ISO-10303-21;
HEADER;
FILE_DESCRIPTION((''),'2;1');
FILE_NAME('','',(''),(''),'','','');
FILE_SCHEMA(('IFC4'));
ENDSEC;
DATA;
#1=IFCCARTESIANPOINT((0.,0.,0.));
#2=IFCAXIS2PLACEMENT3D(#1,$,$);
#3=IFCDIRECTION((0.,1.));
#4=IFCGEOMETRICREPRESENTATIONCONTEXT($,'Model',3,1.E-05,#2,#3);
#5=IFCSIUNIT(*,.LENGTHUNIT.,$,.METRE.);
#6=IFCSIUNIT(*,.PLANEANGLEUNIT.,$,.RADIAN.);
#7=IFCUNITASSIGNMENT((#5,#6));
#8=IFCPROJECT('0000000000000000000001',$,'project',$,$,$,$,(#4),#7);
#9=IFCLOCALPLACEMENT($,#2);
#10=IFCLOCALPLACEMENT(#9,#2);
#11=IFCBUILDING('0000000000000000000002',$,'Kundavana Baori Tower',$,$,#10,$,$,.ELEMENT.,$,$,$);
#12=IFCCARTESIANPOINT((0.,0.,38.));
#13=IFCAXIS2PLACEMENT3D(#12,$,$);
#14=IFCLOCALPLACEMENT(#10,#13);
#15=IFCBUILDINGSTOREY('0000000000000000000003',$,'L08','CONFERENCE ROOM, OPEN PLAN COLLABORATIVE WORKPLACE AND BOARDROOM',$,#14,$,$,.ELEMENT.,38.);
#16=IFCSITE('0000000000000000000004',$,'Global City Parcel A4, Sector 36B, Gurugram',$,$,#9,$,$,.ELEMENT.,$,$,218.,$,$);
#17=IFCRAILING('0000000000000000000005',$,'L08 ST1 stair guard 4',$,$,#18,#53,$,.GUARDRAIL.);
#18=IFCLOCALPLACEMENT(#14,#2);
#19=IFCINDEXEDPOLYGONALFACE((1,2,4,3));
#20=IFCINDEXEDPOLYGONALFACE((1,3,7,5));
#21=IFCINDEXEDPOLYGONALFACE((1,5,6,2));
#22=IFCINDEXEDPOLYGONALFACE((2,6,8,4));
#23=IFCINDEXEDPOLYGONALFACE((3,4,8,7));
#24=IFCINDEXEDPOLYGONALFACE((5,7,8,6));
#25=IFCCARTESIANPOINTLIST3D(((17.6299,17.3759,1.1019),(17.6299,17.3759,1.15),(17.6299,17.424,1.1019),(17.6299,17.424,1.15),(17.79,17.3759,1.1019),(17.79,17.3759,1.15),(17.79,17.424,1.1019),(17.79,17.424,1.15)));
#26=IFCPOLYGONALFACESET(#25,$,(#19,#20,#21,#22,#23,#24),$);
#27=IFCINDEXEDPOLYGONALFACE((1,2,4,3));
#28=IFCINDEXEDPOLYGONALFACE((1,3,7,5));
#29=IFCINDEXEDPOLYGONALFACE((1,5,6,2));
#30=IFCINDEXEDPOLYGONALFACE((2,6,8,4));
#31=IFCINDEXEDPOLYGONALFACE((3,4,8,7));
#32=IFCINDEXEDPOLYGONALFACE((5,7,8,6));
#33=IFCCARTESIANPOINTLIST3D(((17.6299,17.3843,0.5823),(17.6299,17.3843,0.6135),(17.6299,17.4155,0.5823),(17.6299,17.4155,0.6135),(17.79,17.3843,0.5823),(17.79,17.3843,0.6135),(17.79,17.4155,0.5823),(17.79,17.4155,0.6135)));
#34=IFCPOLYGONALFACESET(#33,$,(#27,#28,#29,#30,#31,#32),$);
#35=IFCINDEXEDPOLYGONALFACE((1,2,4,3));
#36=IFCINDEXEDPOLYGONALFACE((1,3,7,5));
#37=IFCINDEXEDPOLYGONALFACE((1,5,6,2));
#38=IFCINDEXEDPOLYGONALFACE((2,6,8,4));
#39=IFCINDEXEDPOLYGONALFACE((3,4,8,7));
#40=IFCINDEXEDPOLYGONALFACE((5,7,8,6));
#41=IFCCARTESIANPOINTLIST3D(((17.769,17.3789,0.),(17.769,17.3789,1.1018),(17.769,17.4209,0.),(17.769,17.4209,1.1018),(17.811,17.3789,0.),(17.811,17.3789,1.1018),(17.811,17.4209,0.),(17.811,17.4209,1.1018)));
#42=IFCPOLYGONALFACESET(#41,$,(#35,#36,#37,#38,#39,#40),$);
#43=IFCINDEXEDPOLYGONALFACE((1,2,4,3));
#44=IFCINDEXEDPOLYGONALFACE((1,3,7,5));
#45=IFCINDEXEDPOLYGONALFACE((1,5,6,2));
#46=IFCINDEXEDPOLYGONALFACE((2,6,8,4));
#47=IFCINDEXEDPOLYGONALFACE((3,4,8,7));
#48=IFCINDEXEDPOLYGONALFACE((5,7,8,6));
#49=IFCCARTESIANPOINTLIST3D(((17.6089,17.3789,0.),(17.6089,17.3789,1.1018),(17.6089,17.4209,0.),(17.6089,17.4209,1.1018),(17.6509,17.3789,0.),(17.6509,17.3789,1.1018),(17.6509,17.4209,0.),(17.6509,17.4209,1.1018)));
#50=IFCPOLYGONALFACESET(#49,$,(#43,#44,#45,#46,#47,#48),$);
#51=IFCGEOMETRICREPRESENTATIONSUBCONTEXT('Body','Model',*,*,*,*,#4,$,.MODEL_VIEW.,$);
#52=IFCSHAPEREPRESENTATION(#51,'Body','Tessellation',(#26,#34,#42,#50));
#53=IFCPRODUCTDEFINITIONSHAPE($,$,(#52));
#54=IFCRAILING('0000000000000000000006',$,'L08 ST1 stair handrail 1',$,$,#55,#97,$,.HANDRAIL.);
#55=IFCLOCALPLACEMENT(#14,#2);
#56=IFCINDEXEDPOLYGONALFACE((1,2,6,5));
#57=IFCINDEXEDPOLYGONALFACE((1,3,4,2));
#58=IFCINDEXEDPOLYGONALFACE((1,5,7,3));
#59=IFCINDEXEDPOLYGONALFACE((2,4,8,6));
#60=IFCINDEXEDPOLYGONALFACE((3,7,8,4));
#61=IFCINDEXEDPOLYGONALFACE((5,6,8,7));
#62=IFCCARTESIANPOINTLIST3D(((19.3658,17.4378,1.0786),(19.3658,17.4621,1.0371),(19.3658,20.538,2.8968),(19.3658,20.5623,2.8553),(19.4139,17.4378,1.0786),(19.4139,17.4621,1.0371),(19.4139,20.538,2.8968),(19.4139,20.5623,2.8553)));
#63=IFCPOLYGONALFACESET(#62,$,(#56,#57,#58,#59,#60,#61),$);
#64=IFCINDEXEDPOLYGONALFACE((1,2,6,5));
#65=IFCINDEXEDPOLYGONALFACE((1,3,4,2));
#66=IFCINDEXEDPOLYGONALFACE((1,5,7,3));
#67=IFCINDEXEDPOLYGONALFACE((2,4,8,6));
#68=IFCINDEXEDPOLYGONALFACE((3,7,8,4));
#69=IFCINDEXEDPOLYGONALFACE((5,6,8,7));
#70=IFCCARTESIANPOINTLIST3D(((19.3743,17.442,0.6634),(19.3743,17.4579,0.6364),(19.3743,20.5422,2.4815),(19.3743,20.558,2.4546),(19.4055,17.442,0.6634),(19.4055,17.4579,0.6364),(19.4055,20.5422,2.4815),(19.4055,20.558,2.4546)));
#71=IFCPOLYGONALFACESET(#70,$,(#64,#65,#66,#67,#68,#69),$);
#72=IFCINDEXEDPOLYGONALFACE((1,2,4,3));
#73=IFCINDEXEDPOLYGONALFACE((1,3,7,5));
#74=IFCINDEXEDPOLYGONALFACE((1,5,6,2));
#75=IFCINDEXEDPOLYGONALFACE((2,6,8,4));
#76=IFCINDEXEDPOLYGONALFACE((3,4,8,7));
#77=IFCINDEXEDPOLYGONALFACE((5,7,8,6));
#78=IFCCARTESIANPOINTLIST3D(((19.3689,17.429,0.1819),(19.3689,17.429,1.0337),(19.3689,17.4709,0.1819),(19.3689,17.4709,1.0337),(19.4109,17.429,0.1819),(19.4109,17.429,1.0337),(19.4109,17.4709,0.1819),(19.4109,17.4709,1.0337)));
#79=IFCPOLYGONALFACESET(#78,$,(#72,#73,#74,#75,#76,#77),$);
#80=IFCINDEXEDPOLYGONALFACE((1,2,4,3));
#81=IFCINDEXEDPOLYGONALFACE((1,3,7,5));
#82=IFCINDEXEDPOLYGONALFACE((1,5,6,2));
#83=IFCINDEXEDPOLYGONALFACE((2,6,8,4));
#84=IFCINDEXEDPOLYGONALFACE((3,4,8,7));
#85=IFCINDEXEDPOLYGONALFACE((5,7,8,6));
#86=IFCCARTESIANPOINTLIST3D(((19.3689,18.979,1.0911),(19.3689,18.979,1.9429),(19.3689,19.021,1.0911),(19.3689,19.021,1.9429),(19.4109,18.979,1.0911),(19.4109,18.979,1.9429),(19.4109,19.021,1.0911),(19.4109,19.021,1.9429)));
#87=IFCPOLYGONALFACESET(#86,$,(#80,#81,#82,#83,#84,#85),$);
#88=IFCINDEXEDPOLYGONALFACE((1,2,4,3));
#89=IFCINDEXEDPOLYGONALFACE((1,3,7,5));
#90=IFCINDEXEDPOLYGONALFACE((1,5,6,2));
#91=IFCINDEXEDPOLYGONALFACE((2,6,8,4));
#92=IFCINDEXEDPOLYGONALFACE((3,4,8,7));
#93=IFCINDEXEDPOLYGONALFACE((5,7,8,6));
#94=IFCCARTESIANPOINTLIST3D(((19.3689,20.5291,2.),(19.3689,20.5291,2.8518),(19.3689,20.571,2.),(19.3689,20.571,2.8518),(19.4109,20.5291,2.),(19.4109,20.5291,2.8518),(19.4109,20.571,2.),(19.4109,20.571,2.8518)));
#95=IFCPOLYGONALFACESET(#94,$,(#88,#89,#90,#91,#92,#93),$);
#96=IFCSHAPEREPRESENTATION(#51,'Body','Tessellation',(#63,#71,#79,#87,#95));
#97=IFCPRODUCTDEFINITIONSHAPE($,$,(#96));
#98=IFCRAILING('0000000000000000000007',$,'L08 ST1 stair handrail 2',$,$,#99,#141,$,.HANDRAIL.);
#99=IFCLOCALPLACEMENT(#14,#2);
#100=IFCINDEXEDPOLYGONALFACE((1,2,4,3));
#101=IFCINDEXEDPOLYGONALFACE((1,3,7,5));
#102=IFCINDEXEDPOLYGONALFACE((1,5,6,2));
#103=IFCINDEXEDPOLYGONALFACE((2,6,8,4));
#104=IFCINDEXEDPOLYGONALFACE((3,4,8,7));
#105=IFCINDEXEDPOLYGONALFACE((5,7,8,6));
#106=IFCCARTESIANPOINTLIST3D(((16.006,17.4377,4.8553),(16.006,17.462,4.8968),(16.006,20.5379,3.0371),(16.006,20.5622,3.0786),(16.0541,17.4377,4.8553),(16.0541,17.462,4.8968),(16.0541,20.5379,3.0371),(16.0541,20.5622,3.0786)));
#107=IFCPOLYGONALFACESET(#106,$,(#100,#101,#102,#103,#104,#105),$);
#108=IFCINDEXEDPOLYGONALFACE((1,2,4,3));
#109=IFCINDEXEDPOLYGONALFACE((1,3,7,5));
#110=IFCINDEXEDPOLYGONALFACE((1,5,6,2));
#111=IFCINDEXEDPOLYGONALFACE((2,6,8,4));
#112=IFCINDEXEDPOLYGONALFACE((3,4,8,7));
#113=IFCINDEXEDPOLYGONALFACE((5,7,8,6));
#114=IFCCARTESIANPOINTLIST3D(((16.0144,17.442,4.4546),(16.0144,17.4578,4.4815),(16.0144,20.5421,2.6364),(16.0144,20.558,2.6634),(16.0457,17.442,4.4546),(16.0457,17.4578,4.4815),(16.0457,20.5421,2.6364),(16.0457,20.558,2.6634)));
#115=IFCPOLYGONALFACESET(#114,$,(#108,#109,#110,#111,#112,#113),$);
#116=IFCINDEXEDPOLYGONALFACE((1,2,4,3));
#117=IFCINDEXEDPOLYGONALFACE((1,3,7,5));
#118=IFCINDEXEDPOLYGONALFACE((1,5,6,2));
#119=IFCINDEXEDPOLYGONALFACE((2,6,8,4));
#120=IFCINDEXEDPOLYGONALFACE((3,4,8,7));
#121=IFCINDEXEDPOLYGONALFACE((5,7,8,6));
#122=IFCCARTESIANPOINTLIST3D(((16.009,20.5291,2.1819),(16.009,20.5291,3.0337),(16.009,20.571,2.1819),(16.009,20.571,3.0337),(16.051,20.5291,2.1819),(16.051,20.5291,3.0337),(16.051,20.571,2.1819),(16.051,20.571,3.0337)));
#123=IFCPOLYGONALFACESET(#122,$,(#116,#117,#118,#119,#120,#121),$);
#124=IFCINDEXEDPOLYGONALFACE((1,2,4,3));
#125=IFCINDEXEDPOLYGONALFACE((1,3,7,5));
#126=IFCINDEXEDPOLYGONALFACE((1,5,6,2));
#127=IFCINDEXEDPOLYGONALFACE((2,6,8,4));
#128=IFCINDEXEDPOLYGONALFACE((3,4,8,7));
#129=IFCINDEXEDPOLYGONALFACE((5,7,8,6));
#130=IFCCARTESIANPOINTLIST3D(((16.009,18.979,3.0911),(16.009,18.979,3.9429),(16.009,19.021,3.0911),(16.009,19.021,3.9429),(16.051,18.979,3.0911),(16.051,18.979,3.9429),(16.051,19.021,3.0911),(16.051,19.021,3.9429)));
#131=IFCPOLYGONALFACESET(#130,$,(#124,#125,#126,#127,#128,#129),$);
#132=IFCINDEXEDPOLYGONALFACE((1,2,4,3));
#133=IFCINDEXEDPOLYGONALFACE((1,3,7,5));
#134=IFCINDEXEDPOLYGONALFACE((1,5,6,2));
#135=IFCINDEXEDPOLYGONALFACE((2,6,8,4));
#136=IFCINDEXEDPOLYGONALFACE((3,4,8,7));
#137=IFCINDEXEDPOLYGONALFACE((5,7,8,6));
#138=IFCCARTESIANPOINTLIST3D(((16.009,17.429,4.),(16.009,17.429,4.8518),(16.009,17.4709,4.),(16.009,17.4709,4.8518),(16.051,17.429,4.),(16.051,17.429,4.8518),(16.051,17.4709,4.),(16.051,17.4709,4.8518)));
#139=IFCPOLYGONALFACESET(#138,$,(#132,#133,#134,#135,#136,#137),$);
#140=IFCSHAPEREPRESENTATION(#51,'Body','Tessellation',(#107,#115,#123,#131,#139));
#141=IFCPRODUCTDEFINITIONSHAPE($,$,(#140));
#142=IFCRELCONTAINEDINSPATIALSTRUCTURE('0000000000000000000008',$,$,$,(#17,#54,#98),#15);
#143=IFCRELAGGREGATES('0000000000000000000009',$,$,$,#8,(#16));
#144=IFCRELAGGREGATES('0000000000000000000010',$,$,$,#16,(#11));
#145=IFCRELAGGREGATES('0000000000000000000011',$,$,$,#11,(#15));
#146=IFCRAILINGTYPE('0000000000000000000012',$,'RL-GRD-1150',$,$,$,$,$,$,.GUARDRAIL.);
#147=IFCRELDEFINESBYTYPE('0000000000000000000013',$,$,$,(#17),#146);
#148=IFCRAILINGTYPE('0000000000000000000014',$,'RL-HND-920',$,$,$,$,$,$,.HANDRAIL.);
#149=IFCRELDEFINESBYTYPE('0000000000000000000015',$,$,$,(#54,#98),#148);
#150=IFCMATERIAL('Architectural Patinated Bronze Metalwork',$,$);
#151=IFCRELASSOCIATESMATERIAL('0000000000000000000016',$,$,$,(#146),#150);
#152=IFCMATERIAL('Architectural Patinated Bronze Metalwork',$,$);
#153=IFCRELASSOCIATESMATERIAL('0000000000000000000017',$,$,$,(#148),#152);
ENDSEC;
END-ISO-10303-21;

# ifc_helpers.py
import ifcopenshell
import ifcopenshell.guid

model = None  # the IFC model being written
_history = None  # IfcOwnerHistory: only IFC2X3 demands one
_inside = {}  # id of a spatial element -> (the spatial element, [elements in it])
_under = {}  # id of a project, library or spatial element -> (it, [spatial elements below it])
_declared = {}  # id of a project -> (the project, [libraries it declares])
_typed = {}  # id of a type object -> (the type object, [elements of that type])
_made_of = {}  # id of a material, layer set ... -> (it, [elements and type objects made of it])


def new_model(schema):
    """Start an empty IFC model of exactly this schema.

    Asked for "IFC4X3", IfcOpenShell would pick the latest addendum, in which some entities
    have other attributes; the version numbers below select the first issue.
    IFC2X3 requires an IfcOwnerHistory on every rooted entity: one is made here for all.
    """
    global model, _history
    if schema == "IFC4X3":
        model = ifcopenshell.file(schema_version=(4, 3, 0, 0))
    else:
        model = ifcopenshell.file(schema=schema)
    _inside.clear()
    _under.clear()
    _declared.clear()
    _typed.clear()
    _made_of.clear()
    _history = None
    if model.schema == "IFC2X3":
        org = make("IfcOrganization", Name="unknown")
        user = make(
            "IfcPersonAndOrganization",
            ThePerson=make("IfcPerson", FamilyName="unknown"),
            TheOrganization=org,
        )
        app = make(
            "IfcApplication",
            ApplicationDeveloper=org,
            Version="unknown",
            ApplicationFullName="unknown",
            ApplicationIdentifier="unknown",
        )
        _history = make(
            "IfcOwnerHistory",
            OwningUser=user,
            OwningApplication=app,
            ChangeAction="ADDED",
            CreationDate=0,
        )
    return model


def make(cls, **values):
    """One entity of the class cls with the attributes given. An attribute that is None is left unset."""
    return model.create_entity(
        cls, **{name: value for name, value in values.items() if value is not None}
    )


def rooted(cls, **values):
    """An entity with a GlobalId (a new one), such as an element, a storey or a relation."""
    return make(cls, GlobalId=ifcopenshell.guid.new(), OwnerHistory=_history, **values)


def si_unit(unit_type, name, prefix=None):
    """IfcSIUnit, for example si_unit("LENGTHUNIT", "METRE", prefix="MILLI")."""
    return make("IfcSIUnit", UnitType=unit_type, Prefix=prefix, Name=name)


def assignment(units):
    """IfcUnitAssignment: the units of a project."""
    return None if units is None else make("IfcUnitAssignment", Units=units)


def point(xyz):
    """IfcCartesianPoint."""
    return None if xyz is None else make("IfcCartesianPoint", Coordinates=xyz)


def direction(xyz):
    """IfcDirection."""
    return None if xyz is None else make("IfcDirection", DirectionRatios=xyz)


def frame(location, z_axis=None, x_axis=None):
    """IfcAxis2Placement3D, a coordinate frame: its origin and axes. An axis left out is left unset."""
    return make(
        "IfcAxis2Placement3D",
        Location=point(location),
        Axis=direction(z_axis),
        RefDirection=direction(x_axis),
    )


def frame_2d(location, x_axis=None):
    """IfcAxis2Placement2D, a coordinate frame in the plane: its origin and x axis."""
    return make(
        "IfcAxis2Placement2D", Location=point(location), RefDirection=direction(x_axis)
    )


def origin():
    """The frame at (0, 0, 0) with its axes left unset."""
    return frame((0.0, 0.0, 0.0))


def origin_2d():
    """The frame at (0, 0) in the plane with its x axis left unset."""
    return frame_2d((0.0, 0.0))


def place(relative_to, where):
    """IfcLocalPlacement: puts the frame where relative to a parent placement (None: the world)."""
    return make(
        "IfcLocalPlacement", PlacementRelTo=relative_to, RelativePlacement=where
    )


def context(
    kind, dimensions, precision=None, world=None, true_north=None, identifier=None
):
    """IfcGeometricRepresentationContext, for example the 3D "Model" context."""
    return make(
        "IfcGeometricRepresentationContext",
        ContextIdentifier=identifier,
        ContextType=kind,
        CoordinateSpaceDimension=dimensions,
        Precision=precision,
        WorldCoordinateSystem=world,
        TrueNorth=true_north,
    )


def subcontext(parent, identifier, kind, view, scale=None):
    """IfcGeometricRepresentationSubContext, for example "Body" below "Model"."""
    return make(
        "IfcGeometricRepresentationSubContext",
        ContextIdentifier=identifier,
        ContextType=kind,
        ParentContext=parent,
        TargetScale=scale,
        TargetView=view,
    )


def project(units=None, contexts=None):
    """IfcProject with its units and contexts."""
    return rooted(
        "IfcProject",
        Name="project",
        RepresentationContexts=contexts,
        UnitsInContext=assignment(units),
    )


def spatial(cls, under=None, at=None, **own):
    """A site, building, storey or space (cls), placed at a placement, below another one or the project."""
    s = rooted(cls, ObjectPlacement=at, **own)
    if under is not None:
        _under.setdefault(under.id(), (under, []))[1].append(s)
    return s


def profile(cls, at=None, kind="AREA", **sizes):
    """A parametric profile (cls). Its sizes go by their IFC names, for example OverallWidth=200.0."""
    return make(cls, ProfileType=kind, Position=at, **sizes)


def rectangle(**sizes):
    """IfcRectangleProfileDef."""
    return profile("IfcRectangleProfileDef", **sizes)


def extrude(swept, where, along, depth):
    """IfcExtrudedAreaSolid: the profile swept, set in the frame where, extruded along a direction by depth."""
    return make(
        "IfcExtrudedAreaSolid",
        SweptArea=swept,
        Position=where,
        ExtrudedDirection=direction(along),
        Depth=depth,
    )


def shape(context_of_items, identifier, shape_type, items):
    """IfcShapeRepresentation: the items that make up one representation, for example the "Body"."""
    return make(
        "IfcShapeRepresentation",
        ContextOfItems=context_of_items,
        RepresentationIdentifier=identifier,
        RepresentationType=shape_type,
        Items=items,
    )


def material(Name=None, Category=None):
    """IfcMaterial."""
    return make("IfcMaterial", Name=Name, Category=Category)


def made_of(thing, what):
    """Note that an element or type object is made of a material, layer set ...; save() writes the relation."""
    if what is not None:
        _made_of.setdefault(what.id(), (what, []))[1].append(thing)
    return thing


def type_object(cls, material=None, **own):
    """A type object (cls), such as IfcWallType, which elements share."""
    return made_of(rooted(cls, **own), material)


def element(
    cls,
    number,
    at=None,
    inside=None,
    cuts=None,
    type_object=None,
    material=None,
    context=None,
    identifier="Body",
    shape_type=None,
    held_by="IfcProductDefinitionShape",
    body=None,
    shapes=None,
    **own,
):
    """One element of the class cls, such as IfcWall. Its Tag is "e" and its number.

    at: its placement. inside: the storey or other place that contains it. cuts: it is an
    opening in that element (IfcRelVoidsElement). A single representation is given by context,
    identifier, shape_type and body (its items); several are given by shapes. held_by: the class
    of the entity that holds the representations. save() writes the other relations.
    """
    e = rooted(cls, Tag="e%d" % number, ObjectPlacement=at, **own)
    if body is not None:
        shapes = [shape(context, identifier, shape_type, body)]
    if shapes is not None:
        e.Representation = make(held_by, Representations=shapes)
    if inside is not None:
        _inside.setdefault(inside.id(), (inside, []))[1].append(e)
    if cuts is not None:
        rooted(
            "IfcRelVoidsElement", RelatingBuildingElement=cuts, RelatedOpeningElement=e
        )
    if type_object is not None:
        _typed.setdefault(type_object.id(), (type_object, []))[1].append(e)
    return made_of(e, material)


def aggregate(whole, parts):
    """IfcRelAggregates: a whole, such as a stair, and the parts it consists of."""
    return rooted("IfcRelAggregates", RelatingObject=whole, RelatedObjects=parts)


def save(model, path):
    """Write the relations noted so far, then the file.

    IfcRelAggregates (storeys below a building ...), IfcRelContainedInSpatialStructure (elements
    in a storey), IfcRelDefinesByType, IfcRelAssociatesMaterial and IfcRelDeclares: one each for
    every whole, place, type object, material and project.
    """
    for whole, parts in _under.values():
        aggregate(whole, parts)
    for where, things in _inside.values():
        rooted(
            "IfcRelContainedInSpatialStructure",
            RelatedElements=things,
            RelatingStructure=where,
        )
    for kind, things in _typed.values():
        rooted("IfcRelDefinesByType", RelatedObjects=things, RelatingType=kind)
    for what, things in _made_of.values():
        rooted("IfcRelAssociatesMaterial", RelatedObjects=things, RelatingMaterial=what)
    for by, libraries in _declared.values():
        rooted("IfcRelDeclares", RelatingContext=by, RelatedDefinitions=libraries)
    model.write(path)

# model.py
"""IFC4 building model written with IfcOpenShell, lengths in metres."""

from ifc_helpers import new_model, si_unit, direction, frame, origin, origin_2d, place, context, subcontext, project, spatial, rectangle, extrude, material, type_object, element, save


model = new_model("IFC4")

# Units and contexts
model_context = context("Model", 3, precision=1e-05, world=origin(), true_north=direction((0.0, 1.0)))
body_context = subcontext(model_context, "Body", "Model", "MODEL_VIEW")
ifc_project = project(units=[si_unit("LENGTHUNIT", "METRE"), si_unit("PLANEANGLEUNIT", "RADIAN")], contexts=[model_context])

# Site, building, storey
site_placement = place(None, origin())
site = spatial("IfcSite", under=ifc_project, at=site_placement, Name="Global City Parcel A4, Sector 36B, Gurugram", CompositionType="ELEMENT", RefElevation=218.0)
building_placement = place(site_placement, origin())
building = spatial("IfcBuilding", under=site, at=building_placement, Name="Kundavana Baori Tower", CompositionType="ELEMENT")
storey_placement = place(building_placement, frame((0.0, 0.0, 38.0)))
storey = spatial("IfcBuildingStorey", under=building, at=storey_placement, Name="L08", Description="CONFERENCE ROOM, OPEN PLAN COLLABORATIVE WORKPLACE AND BOARDROOM", CompositionType="ELEMENT", Elevation=38.0)

# Railings
ifc_material_1 = material(Name="Architectural Patinated Bronze Metalwork")
railing_type_1 = type_object("IfcRailingType", Name="RL-GRD-1150", PredefinedType="GUARDRAIL", material=ifc_material_1)
railing_1_placement = place(storey_placement, frame((17.79, 17.3999, 0.0)))
element("IfcRailing", 1, at=railing_1_placement, inside=storey, type_object=railing_type_1, Name="L08 ST1 stair guard 4", PredefinedType="GUARDRAIL", context=body_context, shape_type="SweptSolid", body=[
    extrude(rectangle(XDim=0.0481, YDim=0.0481, at=origin_2d()), frame((0.0, 0.0, 1.126), z_axis=(-1.0, 0.0, 0.0), x_axis=(0.0, -1.0, 0.0)), (0.0, 0.0, 1.0), 0.1602),
    extrude(rectangle(XDim=0.0312, YDim=0.0312, at=origin_2d()), frame((0.0, 0.0, 0.5979), z_axis=(-1.0, 0.0, 0.0), x_axis=(0.0, -1.0, 0.0)), (0.0, 0.0, 1.0), 0.1602),
    extrude(rectangle(XDim=0.042, YDim=0.042, at=origin_2d()), origin(), (0.0, 0.0, 1.0), 1.1018),
    extrude(rectangle(XDim=0.042, YDim=0.042, at=origin_2d()), frame((-0.1602, 0.0, 0.0)), (0.0, 0.0, 1.0), 1.1018),
])
ifc_material_2 = material(Name="Architectural Patinated Bronze Metalwork")
railing_type_2 = type_object("IfcRailingType", Name="RL-HND-920", PredefinedType="HANDRAIL", material=ifc_material_2)
railing_2_placement = place(storey_placement, frame((19.3899, 17.45, 0.1819)))
element("IfcRailing", 2, at=railing_2_placement, inside=storey, type_object=railing_type_2, Name="L08 ST1 stair handrail 1", PredefinedType="HANDRAIL", context=body_context, shape_type="SweptSolid", body=[
    extrude(rectangle(XDim=0.0481, YDim=0.0481, at=origin_2d()), frame((0.0, 0.0, 0.876), z_axis=(0.0, 0.862599, 0.505889), x_axis=(-1.0, 0.0, 0.0)), (0.0, 0.0, 1.0), 3.594),
    extrude(rectangle(XDim=0.0312, YDim=0.0312, at=origin_2d()), frame((0.0, 0.0, 0.468), z_axis=(0.0, 0.862599, 0.505889), x_axis=(-1.0, 0.0, 0.0)), (0.0, 0.0, 1.0), 3.594),
    extrude(rectangle(XDim=0.042, YDim=0.042, at=origin_2d()), origin(), (0.0, 0.0, 1.0), 0.8518),
    extrude(rectangle(XDim=0.042, YDim=0.042, at=origin_2d()), frame((0.0, 1.55, 0.9092)), (0.0, 0.0, 1.0), 0.8518),
    extrude(rectangle(XDim=0.042, YDim=0.042, at=origin_2d()), frame((0.0, 3.1001, 1.8181)), (0.0, 0.0, 1.0), 0.8518),
])
railing_3_placement = place(storey_placement, frame((16.03, 20.55, 2.1819)))
element("IfcRailing", 3, at=railing_3_placement, inside=storey, type_object=railing_type_2, Name="L08 ST1 stair handrail 2", PredefinedType="HANDRAIL", context=body_context, shape_type="SweptSolid", body=[
    extrude(rectangle(XDim=0.0481, YDim=0.0481, at=origin_2d()), frame((0.0, 0.0, 0.876), z_axis=(0.0, -0.862599, 0.505889), x_axis=(1.0, 0.0, 0.0)), (0.0, 0.0, 1.0), 3.594),
    extrude(rectangle(XDim=0.0312, YDim=0.0312, at=origin_2d()), frame((0.0, 0.0, 0.468), z_axis=(0.0, -0.862599, 0.505889), x_axis=(1.0, 0.0, 0.0)), (0.0, 0.0, 1.0), 3.594),
    extrude(rectangle(XDim=0.042, YDim=0.042, at=origin_2d()), origin(), (0.0, 0.0, 1.0), 0.8518),
    extrude(rectangle(XDim=0.042, YDim=0.042, at=origin_2d()), frame((0.0, -1.55, 0.9092)), (0.0, 0.0, 1.0), 0.8518),
    extrude(rectangle(XDim=0.042, YDim=0.042, at=origin_2d()), frame((0.0, -3.1001, 1.8181)), (0.0, 0.0, 1.0), 0.8518),
])

save(model, "model.ifc")
